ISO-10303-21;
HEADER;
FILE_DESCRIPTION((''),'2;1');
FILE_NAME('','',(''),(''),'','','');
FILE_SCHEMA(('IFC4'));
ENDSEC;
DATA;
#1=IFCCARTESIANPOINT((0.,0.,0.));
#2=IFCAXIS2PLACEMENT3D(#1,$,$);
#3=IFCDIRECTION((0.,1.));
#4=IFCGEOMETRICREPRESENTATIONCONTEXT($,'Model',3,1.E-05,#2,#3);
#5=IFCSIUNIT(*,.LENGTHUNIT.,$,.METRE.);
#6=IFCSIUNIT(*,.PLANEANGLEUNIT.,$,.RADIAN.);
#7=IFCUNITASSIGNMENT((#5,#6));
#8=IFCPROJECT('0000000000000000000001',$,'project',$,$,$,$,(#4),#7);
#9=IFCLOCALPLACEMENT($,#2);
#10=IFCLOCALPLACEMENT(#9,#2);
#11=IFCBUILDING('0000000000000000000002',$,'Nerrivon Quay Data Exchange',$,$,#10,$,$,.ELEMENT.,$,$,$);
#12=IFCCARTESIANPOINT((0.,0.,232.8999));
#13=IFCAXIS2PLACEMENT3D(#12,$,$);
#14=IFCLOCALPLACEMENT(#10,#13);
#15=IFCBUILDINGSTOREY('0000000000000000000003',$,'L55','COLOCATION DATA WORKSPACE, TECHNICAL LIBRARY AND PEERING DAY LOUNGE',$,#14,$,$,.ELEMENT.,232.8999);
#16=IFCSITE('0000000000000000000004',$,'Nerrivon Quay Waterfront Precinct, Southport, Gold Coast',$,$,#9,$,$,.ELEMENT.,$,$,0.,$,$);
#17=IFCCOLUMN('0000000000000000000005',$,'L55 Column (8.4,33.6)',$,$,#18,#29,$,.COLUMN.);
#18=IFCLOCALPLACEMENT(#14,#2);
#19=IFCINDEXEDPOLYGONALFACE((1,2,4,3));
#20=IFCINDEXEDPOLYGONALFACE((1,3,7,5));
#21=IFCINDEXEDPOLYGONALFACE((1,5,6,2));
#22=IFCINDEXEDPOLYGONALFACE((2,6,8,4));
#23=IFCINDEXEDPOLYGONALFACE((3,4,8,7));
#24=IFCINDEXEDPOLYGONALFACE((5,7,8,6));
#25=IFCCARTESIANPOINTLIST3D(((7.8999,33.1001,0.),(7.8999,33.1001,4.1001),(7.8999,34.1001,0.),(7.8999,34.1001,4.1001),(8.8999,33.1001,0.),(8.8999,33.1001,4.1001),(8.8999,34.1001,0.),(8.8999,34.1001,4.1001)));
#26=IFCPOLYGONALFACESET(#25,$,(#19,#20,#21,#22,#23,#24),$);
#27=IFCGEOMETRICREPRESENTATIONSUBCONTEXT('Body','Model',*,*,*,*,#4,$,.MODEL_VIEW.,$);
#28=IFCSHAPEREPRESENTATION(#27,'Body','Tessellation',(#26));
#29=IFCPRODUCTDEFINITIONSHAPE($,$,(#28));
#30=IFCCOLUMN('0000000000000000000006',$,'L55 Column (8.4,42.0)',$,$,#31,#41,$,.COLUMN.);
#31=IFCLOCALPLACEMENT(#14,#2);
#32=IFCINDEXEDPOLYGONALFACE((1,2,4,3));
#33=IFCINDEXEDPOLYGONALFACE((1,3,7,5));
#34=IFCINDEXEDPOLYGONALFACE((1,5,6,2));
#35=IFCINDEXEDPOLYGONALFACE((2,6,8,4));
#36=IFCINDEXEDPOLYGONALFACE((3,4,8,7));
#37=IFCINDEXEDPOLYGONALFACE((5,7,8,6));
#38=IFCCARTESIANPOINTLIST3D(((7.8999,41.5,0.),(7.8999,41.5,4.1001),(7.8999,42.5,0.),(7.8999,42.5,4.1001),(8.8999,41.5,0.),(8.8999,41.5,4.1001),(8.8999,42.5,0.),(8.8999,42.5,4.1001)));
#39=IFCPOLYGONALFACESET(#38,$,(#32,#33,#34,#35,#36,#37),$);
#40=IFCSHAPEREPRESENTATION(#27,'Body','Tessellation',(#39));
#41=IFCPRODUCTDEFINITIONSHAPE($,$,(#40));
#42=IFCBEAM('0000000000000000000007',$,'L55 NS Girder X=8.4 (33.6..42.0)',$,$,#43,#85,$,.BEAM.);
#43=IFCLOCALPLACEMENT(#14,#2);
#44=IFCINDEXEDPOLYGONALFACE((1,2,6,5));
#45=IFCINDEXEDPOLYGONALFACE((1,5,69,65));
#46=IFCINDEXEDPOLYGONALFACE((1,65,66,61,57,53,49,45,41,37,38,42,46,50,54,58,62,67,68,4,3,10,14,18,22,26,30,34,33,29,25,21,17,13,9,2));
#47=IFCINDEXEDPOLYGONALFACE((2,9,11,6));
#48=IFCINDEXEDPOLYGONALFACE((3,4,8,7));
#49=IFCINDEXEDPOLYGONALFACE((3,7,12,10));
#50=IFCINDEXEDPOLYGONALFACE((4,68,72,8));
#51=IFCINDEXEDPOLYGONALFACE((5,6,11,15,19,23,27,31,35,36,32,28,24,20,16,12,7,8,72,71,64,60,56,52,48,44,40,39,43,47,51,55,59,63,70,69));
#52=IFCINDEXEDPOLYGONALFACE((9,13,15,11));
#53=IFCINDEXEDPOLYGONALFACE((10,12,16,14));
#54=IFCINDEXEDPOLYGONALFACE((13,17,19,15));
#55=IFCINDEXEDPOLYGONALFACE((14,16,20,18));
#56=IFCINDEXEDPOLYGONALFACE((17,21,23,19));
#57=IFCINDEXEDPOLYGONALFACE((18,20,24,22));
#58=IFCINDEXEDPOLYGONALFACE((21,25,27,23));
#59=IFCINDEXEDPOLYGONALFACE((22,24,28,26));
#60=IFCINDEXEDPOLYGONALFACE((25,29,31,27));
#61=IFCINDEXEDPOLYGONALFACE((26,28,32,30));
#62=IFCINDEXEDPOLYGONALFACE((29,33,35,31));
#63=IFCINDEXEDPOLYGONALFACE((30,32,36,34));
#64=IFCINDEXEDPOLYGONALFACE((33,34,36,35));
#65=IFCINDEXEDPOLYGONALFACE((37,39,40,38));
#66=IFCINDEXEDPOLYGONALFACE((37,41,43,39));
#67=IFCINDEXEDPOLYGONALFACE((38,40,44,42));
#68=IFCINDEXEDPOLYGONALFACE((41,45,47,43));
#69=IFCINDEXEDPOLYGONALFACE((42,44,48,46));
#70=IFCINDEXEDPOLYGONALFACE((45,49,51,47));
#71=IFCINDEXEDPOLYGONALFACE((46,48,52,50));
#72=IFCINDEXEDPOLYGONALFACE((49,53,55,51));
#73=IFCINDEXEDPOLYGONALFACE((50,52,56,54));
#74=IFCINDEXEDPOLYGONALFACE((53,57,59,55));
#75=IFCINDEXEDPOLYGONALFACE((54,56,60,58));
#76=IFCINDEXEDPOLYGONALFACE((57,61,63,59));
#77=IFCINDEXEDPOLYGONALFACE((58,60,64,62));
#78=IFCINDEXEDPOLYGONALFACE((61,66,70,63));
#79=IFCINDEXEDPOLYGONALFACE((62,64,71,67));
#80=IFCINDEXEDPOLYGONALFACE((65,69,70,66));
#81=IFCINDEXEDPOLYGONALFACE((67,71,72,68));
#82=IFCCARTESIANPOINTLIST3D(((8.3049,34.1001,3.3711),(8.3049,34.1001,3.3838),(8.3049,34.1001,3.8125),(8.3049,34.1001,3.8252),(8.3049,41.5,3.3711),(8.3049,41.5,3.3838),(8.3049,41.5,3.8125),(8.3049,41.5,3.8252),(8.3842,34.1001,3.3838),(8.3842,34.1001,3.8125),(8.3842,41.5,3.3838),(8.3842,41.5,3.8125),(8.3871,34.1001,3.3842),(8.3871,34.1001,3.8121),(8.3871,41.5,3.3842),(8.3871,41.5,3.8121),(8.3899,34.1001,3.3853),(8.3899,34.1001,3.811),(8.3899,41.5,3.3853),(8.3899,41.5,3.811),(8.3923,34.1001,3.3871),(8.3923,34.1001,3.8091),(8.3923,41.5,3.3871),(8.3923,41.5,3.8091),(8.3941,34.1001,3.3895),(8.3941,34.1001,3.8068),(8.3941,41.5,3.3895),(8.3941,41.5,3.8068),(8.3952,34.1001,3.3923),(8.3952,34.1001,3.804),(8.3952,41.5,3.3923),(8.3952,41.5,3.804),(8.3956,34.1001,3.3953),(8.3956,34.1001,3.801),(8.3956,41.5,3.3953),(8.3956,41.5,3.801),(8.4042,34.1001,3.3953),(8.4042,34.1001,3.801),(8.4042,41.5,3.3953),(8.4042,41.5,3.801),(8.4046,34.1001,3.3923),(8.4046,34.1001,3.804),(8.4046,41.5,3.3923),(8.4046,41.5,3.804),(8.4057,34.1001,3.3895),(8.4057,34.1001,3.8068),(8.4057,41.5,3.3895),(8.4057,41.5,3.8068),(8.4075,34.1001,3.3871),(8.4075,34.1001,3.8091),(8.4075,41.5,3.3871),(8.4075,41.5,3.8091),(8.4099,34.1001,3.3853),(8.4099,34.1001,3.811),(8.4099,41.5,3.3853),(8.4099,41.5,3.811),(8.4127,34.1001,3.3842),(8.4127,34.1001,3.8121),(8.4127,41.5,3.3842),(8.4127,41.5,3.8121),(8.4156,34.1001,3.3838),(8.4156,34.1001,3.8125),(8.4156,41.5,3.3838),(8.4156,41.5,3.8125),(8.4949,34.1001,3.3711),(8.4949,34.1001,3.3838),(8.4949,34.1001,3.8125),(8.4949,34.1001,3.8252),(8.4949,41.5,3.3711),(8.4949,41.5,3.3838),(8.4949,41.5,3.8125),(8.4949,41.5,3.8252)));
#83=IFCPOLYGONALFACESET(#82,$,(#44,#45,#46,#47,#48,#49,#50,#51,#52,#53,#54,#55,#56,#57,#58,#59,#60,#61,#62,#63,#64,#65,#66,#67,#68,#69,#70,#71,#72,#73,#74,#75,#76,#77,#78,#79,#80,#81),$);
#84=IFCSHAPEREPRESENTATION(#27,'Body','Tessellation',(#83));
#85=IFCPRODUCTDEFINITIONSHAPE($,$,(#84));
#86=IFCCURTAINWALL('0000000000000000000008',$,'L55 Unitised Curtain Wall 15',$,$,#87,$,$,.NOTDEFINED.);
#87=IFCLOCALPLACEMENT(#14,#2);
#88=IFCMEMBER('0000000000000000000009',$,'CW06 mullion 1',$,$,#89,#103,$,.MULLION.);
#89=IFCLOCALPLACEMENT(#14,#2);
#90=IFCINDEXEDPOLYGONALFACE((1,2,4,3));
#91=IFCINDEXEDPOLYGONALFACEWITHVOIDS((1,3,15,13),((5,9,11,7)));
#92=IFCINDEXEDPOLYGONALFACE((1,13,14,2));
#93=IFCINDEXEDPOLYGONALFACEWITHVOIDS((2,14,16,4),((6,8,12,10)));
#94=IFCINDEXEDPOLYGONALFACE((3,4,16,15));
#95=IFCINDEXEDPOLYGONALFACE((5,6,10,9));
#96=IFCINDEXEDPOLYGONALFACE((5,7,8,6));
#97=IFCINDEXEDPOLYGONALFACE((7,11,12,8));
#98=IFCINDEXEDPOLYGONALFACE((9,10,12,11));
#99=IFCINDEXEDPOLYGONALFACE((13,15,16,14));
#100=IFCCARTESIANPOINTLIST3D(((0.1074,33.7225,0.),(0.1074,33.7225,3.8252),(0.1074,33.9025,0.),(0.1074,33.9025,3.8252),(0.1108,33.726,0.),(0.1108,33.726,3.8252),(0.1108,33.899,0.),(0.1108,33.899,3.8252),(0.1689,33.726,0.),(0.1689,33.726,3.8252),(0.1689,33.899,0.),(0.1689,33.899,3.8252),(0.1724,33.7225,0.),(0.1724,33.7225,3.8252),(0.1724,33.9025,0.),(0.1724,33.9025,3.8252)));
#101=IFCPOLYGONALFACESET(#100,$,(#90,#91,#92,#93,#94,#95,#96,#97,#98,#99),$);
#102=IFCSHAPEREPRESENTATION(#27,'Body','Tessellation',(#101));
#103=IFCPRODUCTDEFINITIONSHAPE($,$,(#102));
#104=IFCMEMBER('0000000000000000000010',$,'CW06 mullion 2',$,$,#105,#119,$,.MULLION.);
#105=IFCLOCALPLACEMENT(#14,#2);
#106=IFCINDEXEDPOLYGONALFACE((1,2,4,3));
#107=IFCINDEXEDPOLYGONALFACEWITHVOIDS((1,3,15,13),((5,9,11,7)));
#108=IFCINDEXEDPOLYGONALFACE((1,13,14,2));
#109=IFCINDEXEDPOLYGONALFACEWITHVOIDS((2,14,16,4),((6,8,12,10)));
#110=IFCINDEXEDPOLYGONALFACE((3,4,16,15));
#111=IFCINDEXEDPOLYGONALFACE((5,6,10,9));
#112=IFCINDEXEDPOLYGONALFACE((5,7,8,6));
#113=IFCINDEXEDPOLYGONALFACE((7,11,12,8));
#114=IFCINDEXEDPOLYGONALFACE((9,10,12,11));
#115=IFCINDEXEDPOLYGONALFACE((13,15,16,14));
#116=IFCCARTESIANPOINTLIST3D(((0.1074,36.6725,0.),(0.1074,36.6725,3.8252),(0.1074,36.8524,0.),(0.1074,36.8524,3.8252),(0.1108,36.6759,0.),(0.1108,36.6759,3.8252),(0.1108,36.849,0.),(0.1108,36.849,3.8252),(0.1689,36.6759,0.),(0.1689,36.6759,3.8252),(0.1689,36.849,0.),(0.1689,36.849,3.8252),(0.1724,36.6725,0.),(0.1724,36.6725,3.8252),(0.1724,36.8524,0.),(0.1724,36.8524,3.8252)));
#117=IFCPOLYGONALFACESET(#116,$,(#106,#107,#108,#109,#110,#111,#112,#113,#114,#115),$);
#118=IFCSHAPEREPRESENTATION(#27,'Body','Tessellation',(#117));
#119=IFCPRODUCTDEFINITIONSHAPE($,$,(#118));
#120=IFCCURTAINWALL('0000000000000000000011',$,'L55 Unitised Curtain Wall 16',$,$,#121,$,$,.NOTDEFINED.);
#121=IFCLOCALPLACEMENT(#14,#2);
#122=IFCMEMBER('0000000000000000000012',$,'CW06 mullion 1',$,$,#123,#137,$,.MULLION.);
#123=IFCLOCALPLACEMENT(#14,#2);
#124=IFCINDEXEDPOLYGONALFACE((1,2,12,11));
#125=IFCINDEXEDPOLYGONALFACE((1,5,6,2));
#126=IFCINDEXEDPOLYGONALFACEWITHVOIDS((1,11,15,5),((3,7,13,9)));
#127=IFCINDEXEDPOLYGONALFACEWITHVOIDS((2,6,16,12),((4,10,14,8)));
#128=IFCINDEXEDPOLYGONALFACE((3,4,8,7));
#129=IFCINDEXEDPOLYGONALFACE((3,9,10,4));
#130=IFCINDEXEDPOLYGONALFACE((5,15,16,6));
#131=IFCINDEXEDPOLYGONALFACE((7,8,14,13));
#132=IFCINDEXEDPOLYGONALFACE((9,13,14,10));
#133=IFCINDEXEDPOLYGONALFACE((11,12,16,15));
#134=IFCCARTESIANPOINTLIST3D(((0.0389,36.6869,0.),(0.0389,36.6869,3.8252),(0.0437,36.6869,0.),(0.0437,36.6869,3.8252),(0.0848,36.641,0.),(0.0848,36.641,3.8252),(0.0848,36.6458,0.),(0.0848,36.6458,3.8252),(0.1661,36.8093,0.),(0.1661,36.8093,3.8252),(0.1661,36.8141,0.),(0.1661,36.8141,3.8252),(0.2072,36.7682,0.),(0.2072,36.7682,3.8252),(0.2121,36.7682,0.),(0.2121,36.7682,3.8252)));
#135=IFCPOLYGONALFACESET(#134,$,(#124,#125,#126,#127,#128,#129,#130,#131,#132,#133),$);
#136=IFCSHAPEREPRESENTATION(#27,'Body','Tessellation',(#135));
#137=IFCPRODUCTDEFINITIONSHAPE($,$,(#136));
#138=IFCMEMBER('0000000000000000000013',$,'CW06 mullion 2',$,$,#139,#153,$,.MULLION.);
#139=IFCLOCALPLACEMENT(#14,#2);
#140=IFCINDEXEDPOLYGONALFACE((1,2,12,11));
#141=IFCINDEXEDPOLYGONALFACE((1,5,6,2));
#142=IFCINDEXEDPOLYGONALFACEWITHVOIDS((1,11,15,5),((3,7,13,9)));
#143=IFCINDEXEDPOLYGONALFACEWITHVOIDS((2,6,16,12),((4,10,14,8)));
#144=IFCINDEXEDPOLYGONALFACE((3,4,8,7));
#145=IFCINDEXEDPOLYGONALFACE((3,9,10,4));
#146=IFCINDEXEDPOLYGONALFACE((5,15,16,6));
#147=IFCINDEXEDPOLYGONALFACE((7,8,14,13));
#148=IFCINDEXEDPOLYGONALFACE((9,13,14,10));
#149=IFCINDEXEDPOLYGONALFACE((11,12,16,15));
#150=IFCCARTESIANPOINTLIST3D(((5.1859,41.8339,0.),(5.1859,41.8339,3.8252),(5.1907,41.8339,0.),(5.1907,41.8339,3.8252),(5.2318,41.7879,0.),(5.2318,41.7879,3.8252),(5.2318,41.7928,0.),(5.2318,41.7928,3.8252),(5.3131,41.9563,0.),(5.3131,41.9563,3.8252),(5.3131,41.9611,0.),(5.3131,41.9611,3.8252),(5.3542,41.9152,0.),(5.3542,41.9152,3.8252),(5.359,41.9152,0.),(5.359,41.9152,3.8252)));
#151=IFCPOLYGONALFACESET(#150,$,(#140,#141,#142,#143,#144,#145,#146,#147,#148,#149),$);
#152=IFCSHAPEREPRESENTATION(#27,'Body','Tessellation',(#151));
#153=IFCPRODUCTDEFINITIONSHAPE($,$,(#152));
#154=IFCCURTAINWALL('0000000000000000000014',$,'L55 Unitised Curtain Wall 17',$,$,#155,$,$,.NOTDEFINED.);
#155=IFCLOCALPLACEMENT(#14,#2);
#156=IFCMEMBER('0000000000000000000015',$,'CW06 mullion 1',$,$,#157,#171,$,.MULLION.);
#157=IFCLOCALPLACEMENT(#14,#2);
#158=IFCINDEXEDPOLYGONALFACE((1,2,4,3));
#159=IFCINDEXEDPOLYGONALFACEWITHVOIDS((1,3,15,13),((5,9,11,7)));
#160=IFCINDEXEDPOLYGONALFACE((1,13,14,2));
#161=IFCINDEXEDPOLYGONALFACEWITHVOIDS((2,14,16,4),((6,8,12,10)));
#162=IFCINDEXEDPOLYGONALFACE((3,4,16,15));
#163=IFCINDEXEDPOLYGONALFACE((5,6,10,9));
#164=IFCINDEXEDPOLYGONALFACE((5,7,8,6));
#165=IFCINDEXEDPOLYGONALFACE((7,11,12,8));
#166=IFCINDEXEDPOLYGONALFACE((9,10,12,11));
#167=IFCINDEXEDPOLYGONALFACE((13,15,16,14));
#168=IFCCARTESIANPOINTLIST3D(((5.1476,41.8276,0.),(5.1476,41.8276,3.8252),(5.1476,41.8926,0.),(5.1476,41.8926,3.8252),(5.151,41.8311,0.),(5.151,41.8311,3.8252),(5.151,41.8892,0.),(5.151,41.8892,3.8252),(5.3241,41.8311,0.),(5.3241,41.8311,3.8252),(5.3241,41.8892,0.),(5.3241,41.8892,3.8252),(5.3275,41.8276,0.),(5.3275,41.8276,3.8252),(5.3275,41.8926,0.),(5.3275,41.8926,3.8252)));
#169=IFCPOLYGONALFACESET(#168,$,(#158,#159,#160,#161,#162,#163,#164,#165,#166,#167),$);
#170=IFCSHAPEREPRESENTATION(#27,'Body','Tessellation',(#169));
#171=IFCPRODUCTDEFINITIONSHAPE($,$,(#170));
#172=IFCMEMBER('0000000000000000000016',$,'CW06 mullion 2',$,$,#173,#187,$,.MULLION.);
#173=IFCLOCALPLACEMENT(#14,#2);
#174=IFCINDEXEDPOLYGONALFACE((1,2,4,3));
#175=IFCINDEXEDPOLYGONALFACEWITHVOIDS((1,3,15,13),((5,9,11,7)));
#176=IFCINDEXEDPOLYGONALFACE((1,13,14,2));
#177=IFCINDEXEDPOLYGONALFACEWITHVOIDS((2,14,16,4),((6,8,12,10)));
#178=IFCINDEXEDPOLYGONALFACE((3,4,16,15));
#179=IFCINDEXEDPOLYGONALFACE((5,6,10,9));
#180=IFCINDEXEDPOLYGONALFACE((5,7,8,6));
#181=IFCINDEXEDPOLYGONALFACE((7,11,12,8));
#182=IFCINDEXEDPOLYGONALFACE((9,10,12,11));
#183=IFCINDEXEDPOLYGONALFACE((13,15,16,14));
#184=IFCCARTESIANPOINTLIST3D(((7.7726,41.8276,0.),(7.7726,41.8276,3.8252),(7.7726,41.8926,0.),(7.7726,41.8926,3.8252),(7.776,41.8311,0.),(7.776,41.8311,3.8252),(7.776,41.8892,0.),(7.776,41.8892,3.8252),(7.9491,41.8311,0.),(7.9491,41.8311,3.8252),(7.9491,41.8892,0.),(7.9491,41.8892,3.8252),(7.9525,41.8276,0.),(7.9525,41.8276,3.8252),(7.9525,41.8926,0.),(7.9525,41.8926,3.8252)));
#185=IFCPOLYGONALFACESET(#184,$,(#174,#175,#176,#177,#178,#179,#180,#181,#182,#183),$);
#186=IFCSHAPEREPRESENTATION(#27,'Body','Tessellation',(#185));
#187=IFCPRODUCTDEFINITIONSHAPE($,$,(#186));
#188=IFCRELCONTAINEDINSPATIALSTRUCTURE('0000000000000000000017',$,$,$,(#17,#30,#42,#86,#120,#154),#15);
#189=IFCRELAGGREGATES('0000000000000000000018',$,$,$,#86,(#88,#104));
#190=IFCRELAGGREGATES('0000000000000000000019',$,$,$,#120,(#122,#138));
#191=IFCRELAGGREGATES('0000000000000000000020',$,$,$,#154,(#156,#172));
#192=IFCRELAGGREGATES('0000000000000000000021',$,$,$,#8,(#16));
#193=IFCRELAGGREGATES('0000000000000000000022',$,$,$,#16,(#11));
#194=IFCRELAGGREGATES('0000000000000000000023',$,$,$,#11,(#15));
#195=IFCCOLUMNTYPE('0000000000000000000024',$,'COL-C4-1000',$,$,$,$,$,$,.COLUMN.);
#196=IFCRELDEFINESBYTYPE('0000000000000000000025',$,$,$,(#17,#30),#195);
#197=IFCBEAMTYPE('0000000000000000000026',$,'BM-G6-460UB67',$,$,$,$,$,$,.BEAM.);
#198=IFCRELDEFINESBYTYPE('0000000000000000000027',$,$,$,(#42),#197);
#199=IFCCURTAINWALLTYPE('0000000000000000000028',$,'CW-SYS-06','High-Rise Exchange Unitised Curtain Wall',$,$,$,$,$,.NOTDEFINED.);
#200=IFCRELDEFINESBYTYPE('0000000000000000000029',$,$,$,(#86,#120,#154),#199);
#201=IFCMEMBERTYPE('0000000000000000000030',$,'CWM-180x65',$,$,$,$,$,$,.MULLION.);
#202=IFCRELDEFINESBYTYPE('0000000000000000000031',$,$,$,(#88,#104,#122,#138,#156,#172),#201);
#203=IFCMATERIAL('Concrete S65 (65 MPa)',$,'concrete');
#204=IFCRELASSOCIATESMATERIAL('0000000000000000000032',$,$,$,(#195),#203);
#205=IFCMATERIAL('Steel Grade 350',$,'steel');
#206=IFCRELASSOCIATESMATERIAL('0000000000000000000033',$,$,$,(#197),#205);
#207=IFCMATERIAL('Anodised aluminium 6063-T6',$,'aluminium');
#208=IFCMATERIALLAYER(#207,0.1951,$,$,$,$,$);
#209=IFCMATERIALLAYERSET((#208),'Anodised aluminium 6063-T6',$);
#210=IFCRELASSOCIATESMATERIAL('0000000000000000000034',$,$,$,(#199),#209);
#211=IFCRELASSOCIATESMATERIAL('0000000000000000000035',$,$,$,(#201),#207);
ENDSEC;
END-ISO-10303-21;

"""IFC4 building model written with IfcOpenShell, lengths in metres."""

from ifc_helpers import new_model, si_unit, direction, frame, origin, origin_2d, place, context, subcontext, project, spatial, rectangle, hollow_rectangle, i_section, extrude, material, layer, layer_set, material_profile, profile_set, type_object, element, aggregate, save


model = new_model("IFC4")

# Units and contexts
model_context = context("Model", 3, precision=1e-05, world=origin(), true_north=direction((0.0, 1.0)))
body_context = subcontext(model_context, "Body", "Model", "MODEL_VIEW")
ifc_project = project(units=[si_unit("LENGTHUNIT", "METRE"), si_unit("PLANEANGLEUNIT", "RADIAN")], contexts=[model_context])

# Site, building, storey
site_placement = place(None, origin())
site = spatial("IfcSite", under=ifc_project, at=site_placement, Name="Nerrivon Quay Waterfront Precinct, Southport, Gold Coast", CompositionType="ELEMENT", RefElevation=0.0)
building_placement = place(site_placement, origin())
building = spatial("IfcBuilding", under=site, at=building_placement, Name="Nerrivon Quay Data Exchange", CompositionType="ELEMENT")
storey_placement = place(building_placement, frame((0.0, 0.0, 232.8999)))
storey = spatial("IfcBuildingStorey", under=building, at=storey_placement, Name="L55", Description="COLOCATION DATA WORKSPACE, TECHNICAL LIBRARY AND PEERING DAY LOUNGE", CompositionType="ELEMENT", Elevation=232.8999)

# Columns
ifc_material_1 = material(Name="Concrete S65 (65 MPa)", Category="concrete")
ifc_material_profile_1 = material_profile(ifc_material_1, rectangle(XDim=1.0, YDim=1.0, at=origin_2d()), Name="RC-COL-1000x1000")
ifc_profile_set_1 = profile_set([ifc_material_profile_1], Name="Concrete S65 (65 MPa)")
column_type = type_object("IfcColumnType", Name="COL-C4-1000", PredefinedType="COLUMN", material=ifc_profile_set_1)
for number, where, z_axis, x_axis, name in (
    (1, (8.3999, 33.6001, 0.0), (0.0, 0.0, 1.0), (1.0, 0.0, 0.0), "L55 Column (8.4,33.6)"),
    (2, (8.3999, 42.0, 0.0), (0.0, 0.0, 1.0), (1.0, 0.0, 0.0), "L55 Column (8.4,42.0)"),
):
    element("IfcColumn", number, at=place(storey_placement, frame(where, z_axis=z_axis, x_axis=x_axis)), inside=storey, type_object=column_type, Name=name, PredefinedType="COLUMN", context=body_context, shape_type="SweptSolid", body=[
        extrude(rectangle(XDim=1.0, YDim=1.0, at=origin_2d()), origin(), (0.0, 0.0, 1.0), 4.1001),
    ])

# Beam
ifc_material_2 = material(Name="Steel Grade 350", Category="steel")
ifc_material_profile_2 = material_profile(ifc_material_2, i_section(OverallWidth=0.1899, OverallDepth=0.4541, WebThickness=0.0085, FlangeThickness=0.0127, FilletRadius=0.0115, at=origin_2d()), Name="460UB67.1")
ifc_profile_set_2 = profile_set([ifc_material_profile_2], Name="Steel Grade 350")
beam_type = type_object("IfcBeamType", Name="BM-G6-460UB67", PredefinedType="BEAM", material=ifc_profile_set_2)
beam_placement = place(storey_placement, frame((8.3999, 34.1001, 3.5981), z_axis=(0.0, 1.0, 0.0), x_axis=(-1.0, 0.0, 0.0)))
element("IfcBeam", 3, at=beam_placement, inside=storey, type_object=beam_type, Name="L55 NS Girder X=8.4 (33.6..42.0)", PredefinedType="BEAM", context=body_context, shape_type="SweptSolid", body=[
    extrude(i_section(OverallWidth=0.1899, OverallDepth=0.4541, WebThickness=0.0085, FlangeThickness=0.0127, FilletRadius=0.0115, at=origin_2d()), origin(), (0.0, 0.0, 1.0), 7.3999),
])

# Curtain walls, members
ifc_material_3 = material(Name="Anodised aluminium 6063-T6", Category="aluminium")
ifc_layer_1 = layer(ifc_material_3, 0.1951)
ifc_layer_set_1 = layer_set([ifc_layer_1], Name="Anodised aluminium 6063-T6")
curtain_wall_type = type_object("IfcCurtainWallType", Name="CW-SYS-06", Description="High-Rise Exchange Unitised Curtain Wall", PredefinedType="NOTDEFINED", material=ifc_layer_set_1)
curtain_wall_1_placement = place(storey_placement, origin())
curtain_wall_1 = element("IfcCurtainWall", 4, at=curtain_wall_1_placement, inside=storey, type_object=curtain_wall_type, Name="L55 Unitised Curtain Wall 15", PredefinedType="NOTDEFINED")
ifc_material_profile_3 = material_profile(ifc_material_3, hollow_rectangle(XDim=0.0649, YDim=0.1799, WallThickness=0.0034, at=origin_2d()), Name="ALU-MULL-180x65")
ifc_profile_set_3 = profile_set([ifc_material_profile_3], Name="Anodised aluminium 6063-T6")
member_type_1 = type_object("IfcMemberType", Name="CWM-180x65", PredefinedType="MULLION", material=ifc_profile_set_3)
member_1_placement = place(storey_placement, frame((0.1399, 33.8125, 0.0), z_axis=(0.0, 0.0, 1.0), x_axis=(-1.0, 0.0, 0.0)))
member_1 = element("IfcMember", 5, at=member_1_placement, type_object=member_type_1, Name="CW06 mullion 1", PredefinedType="MULLION", context=body_context, shape_type="SweptSolid", body=[
    extrude(hollow_rectangle(XDim=0.0649, YDim=0.1799, WallThickness=0.0034, at=origin_2d()), origin(), (0.0, 0.0, 1.0), 3.8252),
])
member_2_placement = place(storey_placement, frame((0.1399, 36.7625, 0.0), z_axis=(0.0, 0.0, 1.0), x_axis=(-1.0, 0.0, 0.0)))
member_2 = element("IfcMember", 6, at=member_2_placement, type_object=member_type_1, Name="CW06 mullion 2", PredefinedType="MULLION", context=body_context, shape_type="SweptSolid", body=[
    extrude(hollow_rectangle(XDim=0.0649, YDim=0.1799, WallThickness=0.0034, at=origin_2d()), origin(), (0.0, 0.0, 1.0), 3.8252),
])
curtain_wall_2_placement = place(storey_placement, origin())
curtain_wall_2 = element("IfcCurtainWall", 7, at=curtain_wall_2_placement, inside=storey, type_object=curtain_wall_type, Name="L55 Unitised Curtain Wall 16", PredefinedType="NOTDEFINED")
member_3_placement = place(storey_placement, frame((0.1255, 36.7275, 0.0), z_axis=(0.0, 0.0, 1.0), x_axis=(-0.707107, 0.707107, 0.0)))
member_3 = element("IfcMember", 8, at=member_3_placement, type_object=member_type_1, Name="CW06 mullion 1", PredefinedType="MULLION", context=body_context, shape_type="SweptSolid", body=[
    extrude(hollow_rectangle(XDim=0.0649, YDim=0.1799, WallThickness=0.0034, at=origin_2d()), origin(), (0.0, 0.0, 1.0), 3.8252),
])
member_4_placement = place(storey_placement, frame((5.2725, 41.8745, 0.0), z_axis=(0.0, 0.0, 1.0), x_axis=(-0.707107, 0.707107, 0.0)))
member_4 = element("IfcMember", 9, at=member_4_placement, type_object=member_type_1, Name="CW06 mullion 2", PredefinedType="MULLION", context=body_context, shape_type="SweptSolid", body=[
    extrude(hollow_rectangle(XDim=0.0649, YDim=0.1799, WallThickness=0.0034, at=origin_2d()), origin(), (0.0, 0.0, 1.0), 3.8252),
])
curtain_wall_3_placement = place(storey_placement, origin())
curtain_wall_3 = element("IfcCurtainWall", 10, at=curtain_wall_3_placement, inside=storey, type_object=curtain_wall_type, Name="L55 Unitised Curtain Wall 17", PredefinedType="NOTDEFINED")
member_5_placement = place(storey_placement, frame((5.2375, 41.8601, 0.0), z_axis=(0.0, 0.0, 1.0), x_axis=(0.0, 1.0, 0.0)))
member_5 = element("IfcMember", 11, at=member_5_placement, type_object=member_type_1, Name="CW06 mullion 1", PredefinedType="MULLION", context=body_context, shape_type="SweptSolid", body=[
    extrude(hollow_rectangle(XDim=0.0649, YDim=0.1799, WallThickness=0.0034, at=origin_2d()), origin(), (0.0, 0.0, 1.0), 3.8252),
])
member_6_placement = place(storey_placement, frame((7.8625, 41.8601, 0.0), z_axis=(0.0, 0.0, 1.0), x_axis=(0.0, 1.0, 0.0)))
member_6 = element("IfcMember", 12, at=member_6_placement, type_object=member_type_1, Name="CW06 mullion 2", PredefinedType="MULLION", context=body_context, shape_type="SweptSolid", body=[
    extrude(hollow_rectangle(XDim=0.0649, YDim=0.1799, WallThickness=0.0034, at=origin_2d()), origin(), (0.0, 0.0, 1.0), 3.8252),
])

aggregate(curtain_wall_1, [member_1, member_2])
aggregate(curtain_wall_2, [member_3, member_4])
aggregate(curtain_wall_3, [member_5, member_6])

save(model, "model.ifc")
